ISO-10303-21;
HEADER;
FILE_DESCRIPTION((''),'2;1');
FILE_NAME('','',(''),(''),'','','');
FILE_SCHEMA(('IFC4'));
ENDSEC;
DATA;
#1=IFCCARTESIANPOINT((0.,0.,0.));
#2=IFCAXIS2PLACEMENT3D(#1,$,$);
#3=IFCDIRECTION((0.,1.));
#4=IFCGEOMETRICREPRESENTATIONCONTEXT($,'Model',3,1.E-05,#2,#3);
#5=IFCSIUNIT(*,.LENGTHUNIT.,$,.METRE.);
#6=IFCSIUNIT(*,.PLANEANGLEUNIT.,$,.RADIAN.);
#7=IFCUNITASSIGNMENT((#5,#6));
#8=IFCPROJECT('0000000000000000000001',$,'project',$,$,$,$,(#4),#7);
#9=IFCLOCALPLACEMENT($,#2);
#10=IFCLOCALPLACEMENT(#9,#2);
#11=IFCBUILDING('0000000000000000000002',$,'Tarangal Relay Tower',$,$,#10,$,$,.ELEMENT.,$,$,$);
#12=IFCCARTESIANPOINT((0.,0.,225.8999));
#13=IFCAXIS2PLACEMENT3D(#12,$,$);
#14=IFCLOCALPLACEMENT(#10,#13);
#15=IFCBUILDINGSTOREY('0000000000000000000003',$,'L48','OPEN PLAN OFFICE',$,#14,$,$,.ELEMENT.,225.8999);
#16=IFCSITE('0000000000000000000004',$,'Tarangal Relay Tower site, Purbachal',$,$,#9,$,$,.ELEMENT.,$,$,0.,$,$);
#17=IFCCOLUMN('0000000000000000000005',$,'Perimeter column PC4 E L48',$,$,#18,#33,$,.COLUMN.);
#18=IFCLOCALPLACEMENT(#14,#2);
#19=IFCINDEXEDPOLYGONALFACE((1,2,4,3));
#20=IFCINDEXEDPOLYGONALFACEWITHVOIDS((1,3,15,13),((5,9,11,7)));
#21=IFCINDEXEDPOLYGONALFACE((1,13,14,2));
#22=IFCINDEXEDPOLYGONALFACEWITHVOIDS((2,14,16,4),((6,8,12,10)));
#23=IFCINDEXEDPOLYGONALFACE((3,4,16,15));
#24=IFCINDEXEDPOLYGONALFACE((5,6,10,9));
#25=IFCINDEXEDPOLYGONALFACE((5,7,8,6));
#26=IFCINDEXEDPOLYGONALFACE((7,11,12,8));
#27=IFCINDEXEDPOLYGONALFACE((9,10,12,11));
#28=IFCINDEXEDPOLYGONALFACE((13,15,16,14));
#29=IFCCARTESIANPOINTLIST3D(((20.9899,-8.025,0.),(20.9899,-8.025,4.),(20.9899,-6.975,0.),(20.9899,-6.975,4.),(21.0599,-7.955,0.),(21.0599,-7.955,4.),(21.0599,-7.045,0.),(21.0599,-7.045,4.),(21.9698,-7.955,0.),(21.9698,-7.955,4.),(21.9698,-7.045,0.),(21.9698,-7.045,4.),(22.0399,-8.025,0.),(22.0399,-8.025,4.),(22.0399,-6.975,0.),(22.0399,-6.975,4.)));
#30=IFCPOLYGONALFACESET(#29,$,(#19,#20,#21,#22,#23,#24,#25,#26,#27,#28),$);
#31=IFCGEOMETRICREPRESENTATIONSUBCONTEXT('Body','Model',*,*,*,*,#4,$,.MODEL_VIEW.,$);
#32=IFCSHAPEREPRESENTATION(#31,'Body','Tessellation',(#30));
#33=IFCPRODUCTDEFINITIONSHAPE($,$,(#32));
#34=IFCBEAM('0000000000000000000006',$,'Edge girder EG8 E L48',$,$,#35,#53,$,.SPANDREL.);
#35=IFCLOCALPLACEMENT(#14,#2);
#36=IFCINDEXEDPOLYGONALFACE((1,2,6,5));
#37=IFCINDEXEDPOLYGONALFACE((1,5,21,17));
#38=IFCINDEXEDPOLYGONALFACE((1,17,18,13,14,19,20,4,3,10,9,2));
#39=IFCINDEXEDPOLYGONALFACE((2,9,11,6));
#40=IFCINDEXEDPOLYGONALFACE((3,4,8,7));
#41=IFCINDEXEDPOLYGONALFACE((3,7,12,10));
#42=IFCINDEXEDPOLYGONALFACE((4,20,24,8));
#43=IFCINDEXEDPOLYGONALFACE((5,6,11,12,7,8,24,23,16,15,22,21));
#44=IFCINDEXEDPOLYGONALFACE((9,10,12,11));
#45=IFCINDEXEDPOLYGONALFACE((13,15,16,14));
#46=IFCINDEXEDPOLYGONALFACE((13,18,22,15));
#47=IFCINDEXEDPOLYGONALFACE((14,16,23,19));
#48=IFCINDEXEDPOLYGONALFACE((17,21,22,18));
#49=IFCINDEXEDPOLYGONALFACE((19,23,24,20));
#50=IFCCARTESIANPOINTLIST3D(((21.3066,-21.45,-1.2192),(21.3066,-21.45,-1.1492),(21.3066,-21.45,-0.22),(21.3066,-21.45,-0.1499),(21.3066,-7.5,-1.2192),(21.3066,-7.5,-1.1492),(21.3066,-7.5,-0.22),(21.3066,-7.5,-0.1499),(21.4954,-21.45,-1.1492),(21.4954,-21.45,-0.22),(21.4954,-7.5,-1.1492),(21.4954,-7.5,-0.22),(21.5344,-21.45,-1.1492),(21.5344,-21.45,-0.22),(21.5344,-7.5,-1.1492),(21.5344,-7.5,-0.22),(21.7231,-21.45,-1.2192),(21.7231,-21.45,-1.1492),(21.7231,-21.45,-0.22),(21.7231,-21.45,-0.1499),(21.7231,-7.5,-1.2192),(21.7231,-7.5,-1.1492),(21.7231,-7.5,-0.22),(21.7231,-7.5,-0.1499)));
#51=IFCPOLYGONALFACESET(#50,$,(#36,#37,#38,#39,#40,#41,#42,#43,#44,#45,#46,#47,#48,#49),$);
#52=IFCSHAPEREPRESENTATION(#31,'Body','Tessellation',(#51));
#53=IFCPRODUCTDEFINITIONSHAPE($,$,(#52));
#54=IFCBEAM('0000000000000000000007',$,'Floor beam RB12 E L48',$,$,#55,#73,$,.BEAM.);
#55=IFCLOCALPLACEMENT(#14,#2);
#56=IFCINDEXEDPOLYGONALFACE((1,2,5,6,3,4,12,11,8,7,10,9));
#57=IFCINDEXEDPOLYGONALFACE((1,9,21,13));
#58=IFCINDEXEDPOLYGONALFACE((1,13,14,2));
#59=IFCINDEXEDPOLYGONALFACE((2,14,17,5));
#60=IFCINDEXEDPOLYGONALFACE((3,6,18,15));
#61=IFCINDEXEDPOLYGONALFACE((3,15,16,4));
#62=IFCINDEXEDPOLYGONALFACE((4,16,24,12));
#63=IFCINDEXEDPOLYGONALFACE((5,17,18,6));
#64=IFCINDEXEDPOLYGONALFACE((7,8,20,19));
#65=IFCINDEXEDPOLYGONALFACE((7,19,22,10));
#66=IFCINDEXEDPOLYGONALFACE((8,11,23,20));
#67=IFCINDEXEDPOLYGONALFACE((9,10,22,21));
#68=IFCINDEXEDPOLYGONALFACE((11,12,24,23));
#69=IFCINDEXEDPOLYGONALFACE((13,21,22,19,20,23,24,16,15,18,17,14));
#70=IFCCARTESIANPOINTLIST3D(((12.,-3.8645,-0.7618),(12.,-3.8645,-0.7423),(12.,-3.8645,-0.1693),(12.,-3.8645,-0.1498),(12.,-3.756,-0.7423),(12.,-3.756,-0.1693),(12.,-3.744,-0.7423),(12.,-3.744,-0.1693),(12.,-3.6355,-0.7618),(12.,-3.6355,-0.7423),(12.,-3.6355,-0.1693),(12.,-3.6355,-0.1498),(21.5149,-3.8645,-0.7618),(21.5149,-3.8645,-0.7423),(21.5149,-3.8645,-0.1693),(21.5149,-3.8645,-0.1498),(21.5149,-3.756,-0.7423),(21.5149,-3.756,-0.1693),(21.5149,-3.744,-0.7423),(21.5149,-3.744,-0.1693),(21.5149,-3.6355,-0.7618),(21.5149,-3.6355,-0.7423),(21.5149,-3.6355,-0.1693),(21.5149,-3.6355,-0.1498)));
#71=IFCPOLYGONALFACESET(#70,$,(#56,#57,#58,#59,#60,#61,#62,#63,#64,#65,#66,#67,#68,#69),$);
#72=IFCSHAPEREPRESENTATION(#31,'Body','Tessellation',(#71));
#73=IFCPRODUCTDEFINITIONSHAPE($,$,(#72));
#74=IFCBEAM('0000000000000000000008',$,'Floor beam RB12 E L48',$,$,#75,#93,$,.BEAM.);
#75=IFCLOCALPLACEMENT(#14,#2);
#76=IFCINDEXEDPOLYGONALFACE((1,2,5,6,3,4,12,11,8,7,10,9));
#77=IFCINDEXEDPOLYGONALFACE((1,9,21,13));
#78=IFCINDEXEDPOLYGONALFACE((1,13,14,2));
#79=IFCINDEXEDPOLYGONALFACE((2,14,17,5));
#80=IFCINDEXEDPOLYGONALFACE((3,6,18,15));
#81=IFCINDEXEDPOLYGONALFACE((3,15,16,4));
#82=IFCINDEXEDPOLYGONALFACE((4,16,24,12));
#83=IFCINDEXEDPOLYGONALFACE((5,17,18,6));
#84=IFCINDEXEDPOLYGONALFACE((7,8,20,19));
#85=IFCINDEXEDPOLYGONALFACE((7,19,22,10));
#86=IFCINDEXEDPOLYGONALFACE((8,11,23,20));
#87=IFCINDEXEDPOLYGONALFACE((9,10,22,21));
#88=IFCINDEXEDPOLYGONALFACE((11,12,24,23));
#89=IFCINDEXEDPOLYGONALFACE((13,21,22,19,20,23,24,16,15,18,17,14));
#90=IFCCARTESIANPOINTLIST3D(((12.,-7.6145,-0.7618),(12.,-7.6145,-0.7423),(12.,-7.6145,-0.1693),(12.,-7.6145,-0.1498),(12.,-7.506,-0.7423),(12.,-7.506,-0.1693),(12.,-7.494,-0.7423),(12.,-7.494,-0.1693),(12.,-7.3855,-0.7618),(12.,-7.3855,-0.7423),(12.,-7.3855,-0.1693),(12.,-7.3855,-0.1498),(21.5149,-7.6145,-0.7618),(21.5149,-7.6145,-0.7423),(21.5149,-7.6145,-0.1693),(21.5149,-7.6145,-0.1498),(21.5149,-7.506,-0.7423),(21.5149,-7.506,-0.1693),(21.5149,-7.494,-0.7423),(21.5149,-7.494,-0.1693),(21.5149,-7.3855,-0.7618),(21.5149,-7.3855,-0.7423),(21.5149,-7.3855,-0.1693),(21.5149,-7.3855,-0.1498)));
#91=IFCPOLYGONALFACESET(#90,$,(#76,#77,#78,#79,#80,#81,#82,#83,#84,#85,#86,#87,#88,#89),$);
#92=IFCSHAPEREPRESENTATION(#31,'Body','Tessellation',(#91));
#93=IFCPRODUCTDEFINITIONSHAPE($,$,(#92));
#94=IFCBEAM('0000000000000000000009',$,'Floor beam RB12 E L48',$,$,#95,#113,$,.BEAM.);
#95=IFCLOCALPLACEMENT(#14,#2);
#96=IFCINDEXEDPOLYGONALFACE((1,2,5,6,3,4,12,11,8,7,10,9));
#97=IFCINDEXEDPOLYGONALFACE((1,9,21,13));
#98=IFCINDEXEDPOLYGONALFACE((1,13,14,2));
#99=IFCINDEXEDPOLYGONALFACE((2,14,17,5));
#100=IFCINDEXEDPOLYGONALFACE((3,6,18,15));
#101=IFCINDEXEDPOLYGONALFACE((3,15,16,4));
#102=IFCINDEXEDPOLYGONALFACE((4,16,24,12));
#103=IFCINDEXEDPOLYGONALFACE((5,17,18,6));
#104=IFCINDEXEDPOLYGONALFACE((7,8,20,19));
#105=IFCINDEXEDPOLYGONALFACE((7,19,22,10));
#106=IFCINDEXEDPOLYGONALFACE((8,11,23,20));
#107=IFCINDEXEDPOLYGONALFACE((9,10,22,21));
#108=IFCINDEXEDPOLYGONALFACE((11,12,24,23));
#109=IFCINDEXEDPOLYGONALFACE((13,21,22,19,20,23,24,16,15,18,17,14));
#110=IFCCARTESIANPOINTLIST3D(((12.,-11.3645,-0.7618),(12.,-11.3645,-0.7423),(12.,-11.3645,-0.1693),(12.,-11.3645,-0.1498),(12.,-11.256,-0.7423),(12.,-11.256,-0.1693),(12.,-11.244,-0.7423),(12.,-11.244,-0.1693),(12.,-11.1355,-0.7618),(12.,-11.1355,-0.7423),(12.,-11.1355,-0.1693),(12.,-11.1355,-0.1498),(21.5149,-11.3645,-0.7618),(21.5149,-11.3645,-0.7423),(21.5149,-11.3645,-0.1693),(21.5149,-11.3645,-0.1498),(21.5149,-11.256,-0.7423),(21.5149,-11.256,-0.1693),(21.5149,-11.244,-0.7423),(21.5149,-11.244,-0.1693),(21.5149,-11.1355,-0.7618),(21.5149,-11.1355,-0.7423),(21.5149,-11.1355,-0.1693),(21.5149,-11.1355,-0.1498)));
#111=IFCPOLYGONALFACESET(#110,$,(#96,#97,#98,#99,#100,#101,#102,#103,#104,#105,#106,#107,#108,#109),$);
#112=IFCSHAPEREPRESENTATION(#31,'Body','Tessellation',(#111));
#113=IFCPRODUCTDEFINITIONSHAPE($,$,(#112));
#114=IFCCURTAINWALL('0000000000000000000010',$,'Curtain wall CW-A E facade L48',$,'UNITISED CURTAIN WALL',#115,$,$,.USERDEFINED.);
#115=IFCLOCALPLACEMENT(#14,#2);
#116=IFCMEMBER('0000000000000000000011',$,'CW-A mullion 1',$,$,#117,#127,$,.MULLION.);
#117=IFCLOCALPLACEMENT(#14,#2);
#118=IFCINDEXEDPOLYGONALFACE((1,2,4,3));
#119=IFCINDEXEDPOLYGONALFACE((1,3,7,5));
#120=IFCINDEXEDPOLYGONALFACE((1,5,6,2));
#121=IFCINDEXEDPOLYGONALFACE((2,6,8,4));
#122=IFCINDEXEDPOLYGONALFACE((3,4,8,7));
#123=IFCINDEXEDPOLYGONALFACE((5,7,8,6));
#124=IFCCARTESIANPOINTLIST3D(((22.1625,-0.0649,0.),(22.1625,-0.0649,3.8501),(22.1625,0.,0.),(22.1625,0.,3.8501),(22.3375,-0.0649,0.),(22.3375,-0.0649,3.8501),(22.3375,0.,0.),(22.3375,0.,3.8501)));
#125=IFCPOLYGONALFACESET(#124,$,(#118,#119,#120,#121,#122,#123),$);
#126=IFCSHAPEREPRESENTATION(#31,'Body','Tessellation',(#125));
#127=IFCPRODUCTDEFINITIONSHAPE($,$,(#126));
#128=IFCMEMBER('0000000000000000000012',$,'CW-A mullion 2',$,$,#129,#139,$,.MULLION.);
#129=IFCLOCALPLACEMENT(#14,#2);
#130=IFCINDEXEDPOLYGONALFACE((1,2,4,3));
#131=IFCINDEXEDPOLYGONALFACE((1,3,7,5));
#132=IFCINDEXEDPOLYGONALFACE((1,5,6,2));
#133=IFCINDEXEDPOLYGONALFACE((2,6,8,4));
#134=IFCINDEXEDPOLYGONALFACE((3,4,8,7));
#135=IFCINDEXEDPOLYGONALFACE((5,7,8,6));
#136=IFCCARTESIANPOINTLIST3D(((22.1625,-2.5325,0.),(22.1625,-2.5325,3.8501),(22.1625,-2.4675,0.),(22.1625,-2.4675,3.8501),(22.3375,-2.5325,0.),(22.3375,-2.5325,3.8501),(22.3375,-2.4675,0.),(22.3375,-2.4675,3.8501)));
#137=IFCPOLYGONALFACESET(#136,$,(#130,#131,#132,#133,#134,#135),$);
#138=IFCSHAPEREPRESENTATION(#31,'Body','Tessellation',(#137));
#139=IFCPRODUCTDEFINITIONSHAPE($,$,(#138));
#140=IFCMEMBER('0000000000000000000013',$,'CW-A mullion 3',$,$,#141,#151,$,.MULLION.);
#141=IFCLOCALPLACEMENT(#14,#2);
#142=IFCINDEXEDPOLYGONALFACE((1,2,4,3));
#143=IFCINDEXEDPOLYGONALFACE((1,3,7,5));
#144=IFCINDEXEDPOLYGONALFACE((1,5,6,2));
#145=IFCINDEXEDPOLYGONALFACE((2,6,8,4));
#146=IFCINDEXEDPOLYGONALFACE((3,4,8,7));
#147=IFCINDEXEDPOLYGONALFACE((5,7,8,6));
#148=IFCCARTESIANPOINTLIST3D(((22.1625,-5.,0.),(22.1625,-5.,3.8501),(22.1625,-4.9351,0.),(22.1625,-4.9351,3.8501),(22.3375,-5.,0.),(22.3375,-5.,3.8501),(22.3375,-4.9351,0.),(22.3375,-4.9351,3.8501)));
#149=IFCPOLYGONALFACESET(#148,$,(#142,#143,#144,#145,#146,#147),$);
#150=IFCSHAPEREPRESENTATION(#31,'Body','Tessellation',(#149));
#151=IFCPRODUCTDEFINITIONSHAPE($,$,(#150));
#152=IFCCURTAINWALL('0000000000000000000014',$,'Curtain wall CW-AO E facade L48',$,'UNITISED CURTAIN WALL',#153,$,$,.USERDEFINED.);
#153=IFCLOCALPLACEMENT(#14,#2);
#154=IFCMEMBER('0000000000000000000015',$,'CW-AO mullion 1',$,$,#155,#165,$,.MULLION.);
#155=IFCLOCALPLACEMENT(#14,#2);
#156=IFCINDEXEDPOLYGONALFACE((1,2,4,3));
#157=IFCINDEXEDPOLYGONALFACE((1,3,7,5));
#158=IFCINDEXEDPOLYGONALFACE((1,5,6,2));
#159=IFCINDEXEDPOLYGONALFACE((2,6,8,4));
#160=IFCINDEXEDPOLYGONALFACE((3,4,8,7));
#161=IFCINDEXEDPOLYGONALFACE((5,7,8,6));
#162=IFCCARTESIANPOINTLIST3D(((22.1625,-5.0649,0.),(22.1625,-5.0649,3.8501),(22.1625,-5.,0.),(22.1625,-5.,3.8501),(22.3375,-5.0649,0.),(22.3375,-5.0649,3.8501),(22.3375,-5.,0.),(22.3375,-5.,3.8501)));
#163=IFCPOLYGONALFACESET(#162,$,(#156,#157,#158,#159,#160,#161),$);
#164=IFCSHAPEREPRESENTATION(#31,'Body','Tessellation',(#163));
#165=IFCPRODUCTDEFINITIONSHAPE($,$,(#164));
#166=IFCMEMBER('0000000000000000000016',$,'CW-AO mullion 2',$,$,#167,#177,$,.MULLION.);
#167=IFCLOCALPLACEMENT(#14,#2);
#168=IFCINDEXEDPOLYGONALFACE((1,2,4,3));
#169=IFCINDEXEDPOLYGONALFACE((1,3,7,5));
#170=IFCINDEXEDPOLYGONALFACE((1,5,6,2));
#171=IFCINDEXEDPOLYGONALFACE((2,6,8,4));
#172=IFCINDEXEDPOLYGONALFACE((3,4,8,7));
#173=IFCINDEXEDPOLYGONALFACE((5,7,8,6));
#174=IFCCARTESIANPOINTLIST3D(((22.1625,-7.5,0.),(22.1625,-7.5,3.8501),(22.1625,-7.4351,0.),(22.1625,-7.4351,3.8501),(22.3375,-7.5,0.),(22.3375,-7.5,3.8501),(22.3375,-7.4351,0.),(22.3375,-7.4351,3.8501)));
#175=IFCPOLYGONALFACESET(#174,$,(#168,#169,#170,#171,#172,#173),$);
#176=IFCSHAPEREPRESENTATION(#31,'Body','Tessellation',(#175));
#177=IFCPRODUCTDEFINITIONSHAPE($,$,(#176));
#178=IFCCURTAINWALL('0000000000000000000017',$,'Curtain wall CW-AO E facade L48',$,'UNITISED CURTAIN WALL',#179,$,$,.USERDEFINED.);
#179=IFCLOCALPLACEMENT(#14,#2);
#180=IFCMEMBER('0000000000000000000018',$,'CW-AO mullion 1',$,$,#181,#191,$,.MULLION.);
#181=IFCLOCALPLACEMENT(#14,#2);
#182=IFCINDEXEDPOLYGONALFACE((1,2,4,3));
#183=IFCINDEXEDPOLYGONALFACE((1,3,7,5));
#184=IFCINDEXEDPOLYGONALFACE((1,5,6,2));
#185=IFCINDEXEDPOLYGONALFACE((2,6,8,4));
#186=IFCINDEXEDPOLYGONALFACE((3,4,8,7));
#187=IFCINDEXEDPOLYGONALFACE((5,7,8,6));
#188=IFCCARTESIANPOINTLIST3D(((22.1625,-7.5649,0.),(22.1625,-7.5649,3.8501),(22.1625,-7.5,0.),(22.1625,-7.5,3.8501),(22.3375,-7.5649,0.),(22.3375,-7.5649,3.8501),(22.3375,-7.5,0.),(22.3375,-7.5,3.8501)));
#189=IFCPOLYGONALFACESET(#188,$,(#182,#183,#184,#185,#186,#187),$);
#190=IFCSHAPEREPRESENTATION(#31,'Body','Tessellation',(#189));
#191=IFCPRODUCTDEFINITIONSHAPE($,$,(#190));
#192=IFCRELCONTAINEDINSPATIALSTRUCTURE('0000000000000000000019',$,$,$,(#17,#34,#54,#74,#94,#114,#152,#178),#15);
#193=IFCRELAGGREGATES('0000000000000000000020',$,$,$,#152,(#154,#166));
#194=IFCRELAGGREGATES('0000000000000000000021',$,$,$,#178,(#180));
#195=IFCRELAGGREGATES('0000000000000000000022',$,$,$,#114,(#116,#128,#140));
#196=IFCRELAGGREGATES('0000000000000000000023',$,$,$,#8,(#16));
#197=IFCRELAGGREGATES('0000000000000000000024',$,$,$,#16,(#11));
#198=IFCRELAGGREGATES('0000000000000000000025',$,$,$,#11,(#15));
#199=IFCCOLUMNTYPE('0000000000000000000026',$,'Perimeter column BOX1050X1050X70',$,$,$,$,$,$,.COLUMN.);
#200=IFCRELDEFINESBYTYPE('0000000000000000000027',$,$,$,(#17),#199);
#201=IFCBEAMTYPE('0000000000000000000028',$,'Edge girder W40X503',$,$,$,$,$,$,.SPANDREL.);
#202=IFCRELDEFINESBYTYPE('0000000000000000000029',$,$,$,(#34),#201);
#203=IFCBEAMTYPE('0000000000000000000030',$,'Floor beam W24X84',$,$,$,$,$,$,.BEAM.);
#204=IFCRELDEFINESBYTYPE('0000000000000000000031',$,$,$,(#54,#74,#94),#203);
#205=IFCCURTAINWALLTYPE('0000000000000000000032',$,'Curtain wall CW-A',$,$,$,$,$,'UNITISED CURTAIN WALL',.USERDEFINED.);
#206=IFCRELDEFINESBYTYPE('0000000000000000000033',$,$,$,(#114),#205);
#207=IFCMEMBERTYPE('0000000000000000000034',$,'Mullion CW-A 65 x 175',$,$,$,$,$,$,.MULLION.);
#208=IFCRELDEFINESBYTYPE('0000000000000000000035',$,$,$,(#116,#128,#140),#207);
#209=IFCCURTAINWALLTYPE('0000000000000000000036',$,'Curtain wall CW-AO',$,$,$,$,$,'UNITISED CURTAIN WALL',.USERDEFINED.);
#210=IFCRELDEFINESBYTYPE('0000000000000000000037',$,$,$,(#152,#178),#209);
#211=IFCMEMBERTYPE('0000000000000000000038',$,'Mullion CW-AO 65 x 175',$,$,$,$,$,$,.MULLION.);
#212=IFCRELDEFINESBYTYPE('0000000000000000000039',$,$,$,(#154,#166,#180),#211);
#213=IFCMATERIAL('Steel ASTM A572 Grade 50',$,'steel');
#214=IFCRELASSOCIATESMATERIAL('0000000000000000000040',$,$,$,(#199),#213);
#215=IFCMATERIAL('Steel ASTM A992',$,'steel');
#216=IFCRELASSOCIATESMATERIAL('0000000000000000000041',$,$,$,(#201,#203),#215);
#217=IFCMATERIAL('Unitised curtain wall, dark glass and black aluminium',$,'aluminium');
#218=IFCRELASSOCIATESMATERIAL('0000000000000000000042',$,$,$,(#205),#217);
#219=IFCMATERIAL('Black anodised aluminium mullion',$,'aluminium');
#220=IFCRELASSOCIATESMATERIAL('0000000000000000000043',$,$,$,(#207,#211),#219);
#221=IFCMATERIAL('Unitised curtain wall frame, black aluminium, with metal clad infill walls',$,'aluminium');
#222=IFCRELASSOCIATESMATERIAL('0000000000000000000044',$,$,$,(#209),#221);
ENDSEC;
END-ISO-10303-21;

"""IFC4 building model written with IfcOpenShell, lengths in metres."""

from ifc_helpers import new_model, si_unit, direction, frame, origin, origin_2d, place, context, subcontext, project, spatial, rectangle, hollow_rectangle, i_section, extrude, material, material_profile, profile_set, type_object, element, aggregate, save


model = new_model("IFC4")

# Units and contexts
model_context = context("Model", 3, precision=1e-05, world=origin(), true_north=direction((0.0, 1.0)))
body_context = subcontext(model_context, "Body", "Model", "MODEL_VIEW")
ifc_project = project(units=[si_unit("LENGTHUNIT", "METRE"), si_unit("PLANEANGLEUNIT", "RADIAN")], contexts=[model_context])

# Site, building, storey
site_placement = place(None, origin())
site = spatial("IfcSite", under=ifc_project, at=site_placement, Name="Tarangal Relay Tower site, Purbachal", CompositionType="ELEMENT", RefElevation=0.0)
building_placement = place(site_placement, origin())
building = spatial("IfcBuilding", under=site, at=building_placement, Name="Tarangal Relay Tower", CompositionType="ELEMENT")
storey_placement = place(building_placement, frame((0.0, 0.0, 225.8999)))
storey = spatial("IfcBuildingStorey", under=building, at=storey_placement, Name="L48", Description="OPEN PLAN OFFICE", CompositionType="ELEMENT", Elevation=225.8999)

# Column
ifc_material_1 = material(Name="Steel ASTM A572 Grade 50", Category="steel")
ifc_material_profile_1 = material_profile(ifc_material_1, hollow_rectangle(XDim=1.05, YDim=1.05, WallThickness=0.0701, at=origin_2d()), Name="BOX1050X1050X70")
ifc_profile_set_1 = profile_set([ifc_material_profile_1], Name="Steel ASTM A572 Grade 50")
column_type = type_object("IfcColumnType", Name="Perimeter column BOX1050X1050X70", PredefinedType="COLUMN", material=ifc_profile_set_1)
column_placement = place(storey_placement, frame((21.5149, -7.5, 0.0), z_axis=(0.0, 0.0, 1.0), x_axis=(1.0, 0.0, 0.0)))
element("IfcColumn", 1, at=column_placement, inside=storey, type_object=column_type, Name="Perimeter column PC4 E L48", PredefinedType="COLUMN", context=body_context, shape_type="SweptSolid", body=[
    extrude(hollow_rectangle(XDim=1.05, YDim=1.05, WallThickness=0.0701, at=origin_2d()), origin(), (0.0, 0.0, 1.0), 4.0),
])

# Beams
ifc_material_2 = material(Name="Steel ASTM A992", Category="steel")
ifc_material_profile_2 = material_profile(ifc_material_2, i_section(OverallWidth=0.4165, OverallDepth=1.0693, WebThickness=0.0391, FlangeThickness=0.0701, at=origin_2d()), Name="W40X503")
ifc_profile_set_2 = profile_set([ifc_material_profile_2], Name="Steel ASTM A992")
beam_type_1 = type_object("IfcBeamType", Name="Edge girder W40X503", PredefinedType="SPANDREL", material=ifc_profile_set_2)
beam_placement = place(storey_placement, frame((21.5149, -7.5, -0.6846), z_axis=(0.0, -1.0, 0.0), x_axis=(1.0, 0.0, 0.0)))
element("IfcBeam", 2, at=beam_placement, inside=storey, type_object=beam_type_1, Name="Edge girder EG8 E L48", PredefinedType="SPANDREL", context=body_context, shape_type="SweptSolid", body=[
    extrude(i_section(OverallWidth=0.4165, OverallDepth=1.0693, WebThickness=0.0391, FlangeThickness=0.0701, at=origin_2d()), origin(), (0.0, 0.0, 1.0), 13.95),
])
ifc_material_profile_3 = material_profile(ifc_material_2, i_section(OverallWidth=0.229, OverallDepth=0.6121, WebThickness=0.012, FlangeThickness=0.0195, at=origin_2d()), Name="W24X84")
ifc_profile_set_3 = profile_set([ifc_material_profile_3], Name="Steel ASTM A992")
beam_type_2 = type_object("IfcBeamType", Name="Floor beam W24X84", PredefinedType="BEAM", material=ifc_profile_set_3)
for number, where, z_axis, x_axis, name in (
    (3, (12.0, -3.75, -0.4558), (1.0, 0.0, 0.0), (0.0, 1.0, 0.0), "Floor beam RB12 E L48"),
    (4, (12.0, -7.5, -0.4558), (1.0, 0.0, 0.0), (0.0, 1.0, 0.0), "Floor beam RB12 E L48"),
    (5, (12.0, -11.25, -0.4558), (1.0, 0.0, 0.0), (0.0, 1.0, 0.0), "Floor beam RB12 E L48"),
):
    element("IfcBeam", number, at=place(storey_placement, frame(where, z_axis=z_axis, x_axis=x_axis)), inside=storey, type_object=beam_type_2, Name=name, PredefinedType="BEAM", context=body_context, shape_type="SweptSolid", body=[
        extrude(i_section(OverallWidth=0.229, OverallDepth=0.6121, WebThickness=0.012, FlangeThickness=0.0195, at=origin_2d()), origin(), (0.0, 0.0, 1.0), 9.5149),
    ])

# Curtain walls, members
ifc_material_3 = material(Name="Unitised curtain wall, dark glass and black aluminium", Category="aluminium")
curtain_wall_type_1 = type_object("IfcCurtainWallType", Name="Curtain wall CW-A", ElementType="UNITISED CURTAIN WALL", PredefinedType="USERDEFINED", material=ifc_material_3)
curtain_wall_1_placement = place(storey_placement, origin())
curtain_wall_1 = element("IfcCurtainWall", 6, at=curtain_wall_1_placement, inside=storey, type_object=curtain_wall_type_1, Name="Curtain wall CW-A E facade L48", ObjectType="UNITISED CURTAIN WALL", PredefinedType="USERDEFINED")
ifc_material_4 = material(Name="Black anodised aluminium mullion", Category="aluminium")
ifc_material_profile_4 = material_profile(ifc_material_4, rectangle(XDim=0.175, YDim=0.0649, at=origin_2d()), Name="CW-AM 65X175")
ifc_profile_set_4 = profile_set([ifc_material_profile_4], Name="Black anodised aluminium mullion")
member_type_1 = type_object("IfcMemberType", Name="Mullion CW-A 65 x 175", PredefinedType="MULLION", material=ifc_profile_set_4)
member_1_placement = place(storey_placement, frame((22.25, -0.0325, 0.0), z_axis=(0.0, 0.0, 1.0), x_axis=(1.0, 0.0, 0.0)))
member_1 = element("IfcMember", 7, at=member_1_placement, type_object=member_type_1, Name="CW-A mullion 1", PredefinedType="MULLION", context=body_context, shape_type="SweptSolid", body=[
    extrude(rectangle(XDim=0.175, YDim=0.0649, at=origin_2d()), origin(), (0.0, 0.0, 1.0), 3.8501),
])
member_2_placement = place(storey_placement, frame((22.25, -2.5, 0.0), z_axis=(0.0, 0.0, 1.0), x_axis=(1.0, 0.0, 0.0)))
member_2 = element("IfcMember", 8, at=member_2_placement, type_object=member_type_1, Name="CW-A mullion 2", PredefinedType="MULLION", context=body_context, shape_type="SweptSolid", body=[
    extrude(rectangle(XDim=0.175, YDim=0.0649, at=origin_2d()), origin(), (0.0, 0.0, 1.0), 3.8501),
])
member_3_placement = place(storey_placement, frame((22.25, -4.9675, 0.0), z_axis=(0.0, 0.0, 1.0), x_axis=(1.0, 0.0, 0.0)))
member_3 = element("IfcMember", 9, at=member_3_placement, type_object=member_type_1, Name="CW-A mullion 3", PredefinedType="MULLION", context=body_context, shape_type="SweptSolid", body=[
    extrude(rectangle(XDim=0.175, YDim=0.0649, at=origin_2d()), origin(), (0.0, 0.0, 1.0), 3.8501),
])
ifc_material_5 = material(Name="Unitised curtain wall frame, black aluminium, with metal clad infill walls", Category="aluminium")
curtain_wall_type_2 = type_object("IfcCurtainWallType", Name="Curtain wall CW-AO", ElementType="UNITISED CURTAIN WALL", PredefinedType="USERDEFINED", material=ifc_material_5)
curtain_wall_2_placement = place(storey_placement, origin())
curtain_wall_2 = element("IfcCurtainWall", 10, at=curtain_wall_2_placement, inside=storey, type_object=curtain_wall_type_2, Name="Curtain wall CW-AO E facade L48", ObjectType="UNITISED CURTAIN WALL", PredefinedType="USERDEFINED")
ifc_material_profile_5 = material_profile(ifc_material_4, rectangle(XDim=0.175, YDim=0.0649, at=origin_2d()), Name="CW-AOM 65X175")
ifc_profile_set_5 = profile_set([ifc_material_profile_5], Name="Black anodised aluminium mullion")
member_type_2 = type_object("IfcMemberType", Name="Mullion CW-AO 65 x 175", PredefinedType="MULLION", material=ifc_profile_set_5)
member_4_placement = place(storey_placement, frame((22.25, -5.0325, 0.0), z_axis=(0.0, 0.0, 1.0), x_axis=(1.0, 0.0, 0.0)))
member_4 = element("IfcMember", 11, at=member_4_placement, type_object=member_type_2, Name="CW-AO mullion 1", PredefinedType="MULLION", context=body_context, shape_type="SweptSolid", body=[
    extrude(rectangle(XDim=0.175, YDim=0.0649, at=origin_2d()), origin(), (0.0, 0.0, 1.0), 3.8501),
])
member_5_placement = place(storey_placement, frame((22.25, -7.4675, 0.0), z_axis=(0.0, 0.0, 1.0), x_axis=(1.0, 0.0, 0.0)))
member_5 = element("IfcMember", 12, at=member_5_placement, type_object=member_type_2, Name="CW-AO mullion 2", PredefinedType="MULLION", context=body_context, shape_type="SweptSolid", body=[
    extrude(rectangle(XDim=0.175, YDim=0.0649, at=origin_2d()), origin(), (0.0, 0.0, 1.0), 3.8501),
])
curtain_wall_3_placement = place(storey_placement, origin())
curtain_wall_3 = element("IfcCurtainWall", 13, at=curtain_wall_3_placement, inside=storey, type_object=curtain_wall_type_2, Name="Curtain wall CW-AO E facade L48", ObjectType="UNITISED CURTAIN WALL", PredefinedType="USERDEFINED")
member_6_placement = place(storey_placement, frame((22.25, -7.5325, 0.0), z_axis=(0.0, 0.0, 1.0), x_axis=(1.0, 0.0, 0.0)))
member_6 = element("IfcMember", 14, at=member_6_placement, type_object=member_type_2, Name="CW-AO mullion 1", PredefinedType="MULLION", context=body_context, shape_type="SweptSolid", body=[
    extrude(rectangle(XDim=0.175, YDim=0.0649, at=origin_2d()), origin(), (0.0, 0.0, 1.0), 3.8501),
])

aggregate(curtain_wall_2, [member_4, member_5])
aggregate(curtain_wall_3, [member_6])

aggregate(curtain_wall_1, [member_1, member_2, member_3])

save(model, "model.ifc")
